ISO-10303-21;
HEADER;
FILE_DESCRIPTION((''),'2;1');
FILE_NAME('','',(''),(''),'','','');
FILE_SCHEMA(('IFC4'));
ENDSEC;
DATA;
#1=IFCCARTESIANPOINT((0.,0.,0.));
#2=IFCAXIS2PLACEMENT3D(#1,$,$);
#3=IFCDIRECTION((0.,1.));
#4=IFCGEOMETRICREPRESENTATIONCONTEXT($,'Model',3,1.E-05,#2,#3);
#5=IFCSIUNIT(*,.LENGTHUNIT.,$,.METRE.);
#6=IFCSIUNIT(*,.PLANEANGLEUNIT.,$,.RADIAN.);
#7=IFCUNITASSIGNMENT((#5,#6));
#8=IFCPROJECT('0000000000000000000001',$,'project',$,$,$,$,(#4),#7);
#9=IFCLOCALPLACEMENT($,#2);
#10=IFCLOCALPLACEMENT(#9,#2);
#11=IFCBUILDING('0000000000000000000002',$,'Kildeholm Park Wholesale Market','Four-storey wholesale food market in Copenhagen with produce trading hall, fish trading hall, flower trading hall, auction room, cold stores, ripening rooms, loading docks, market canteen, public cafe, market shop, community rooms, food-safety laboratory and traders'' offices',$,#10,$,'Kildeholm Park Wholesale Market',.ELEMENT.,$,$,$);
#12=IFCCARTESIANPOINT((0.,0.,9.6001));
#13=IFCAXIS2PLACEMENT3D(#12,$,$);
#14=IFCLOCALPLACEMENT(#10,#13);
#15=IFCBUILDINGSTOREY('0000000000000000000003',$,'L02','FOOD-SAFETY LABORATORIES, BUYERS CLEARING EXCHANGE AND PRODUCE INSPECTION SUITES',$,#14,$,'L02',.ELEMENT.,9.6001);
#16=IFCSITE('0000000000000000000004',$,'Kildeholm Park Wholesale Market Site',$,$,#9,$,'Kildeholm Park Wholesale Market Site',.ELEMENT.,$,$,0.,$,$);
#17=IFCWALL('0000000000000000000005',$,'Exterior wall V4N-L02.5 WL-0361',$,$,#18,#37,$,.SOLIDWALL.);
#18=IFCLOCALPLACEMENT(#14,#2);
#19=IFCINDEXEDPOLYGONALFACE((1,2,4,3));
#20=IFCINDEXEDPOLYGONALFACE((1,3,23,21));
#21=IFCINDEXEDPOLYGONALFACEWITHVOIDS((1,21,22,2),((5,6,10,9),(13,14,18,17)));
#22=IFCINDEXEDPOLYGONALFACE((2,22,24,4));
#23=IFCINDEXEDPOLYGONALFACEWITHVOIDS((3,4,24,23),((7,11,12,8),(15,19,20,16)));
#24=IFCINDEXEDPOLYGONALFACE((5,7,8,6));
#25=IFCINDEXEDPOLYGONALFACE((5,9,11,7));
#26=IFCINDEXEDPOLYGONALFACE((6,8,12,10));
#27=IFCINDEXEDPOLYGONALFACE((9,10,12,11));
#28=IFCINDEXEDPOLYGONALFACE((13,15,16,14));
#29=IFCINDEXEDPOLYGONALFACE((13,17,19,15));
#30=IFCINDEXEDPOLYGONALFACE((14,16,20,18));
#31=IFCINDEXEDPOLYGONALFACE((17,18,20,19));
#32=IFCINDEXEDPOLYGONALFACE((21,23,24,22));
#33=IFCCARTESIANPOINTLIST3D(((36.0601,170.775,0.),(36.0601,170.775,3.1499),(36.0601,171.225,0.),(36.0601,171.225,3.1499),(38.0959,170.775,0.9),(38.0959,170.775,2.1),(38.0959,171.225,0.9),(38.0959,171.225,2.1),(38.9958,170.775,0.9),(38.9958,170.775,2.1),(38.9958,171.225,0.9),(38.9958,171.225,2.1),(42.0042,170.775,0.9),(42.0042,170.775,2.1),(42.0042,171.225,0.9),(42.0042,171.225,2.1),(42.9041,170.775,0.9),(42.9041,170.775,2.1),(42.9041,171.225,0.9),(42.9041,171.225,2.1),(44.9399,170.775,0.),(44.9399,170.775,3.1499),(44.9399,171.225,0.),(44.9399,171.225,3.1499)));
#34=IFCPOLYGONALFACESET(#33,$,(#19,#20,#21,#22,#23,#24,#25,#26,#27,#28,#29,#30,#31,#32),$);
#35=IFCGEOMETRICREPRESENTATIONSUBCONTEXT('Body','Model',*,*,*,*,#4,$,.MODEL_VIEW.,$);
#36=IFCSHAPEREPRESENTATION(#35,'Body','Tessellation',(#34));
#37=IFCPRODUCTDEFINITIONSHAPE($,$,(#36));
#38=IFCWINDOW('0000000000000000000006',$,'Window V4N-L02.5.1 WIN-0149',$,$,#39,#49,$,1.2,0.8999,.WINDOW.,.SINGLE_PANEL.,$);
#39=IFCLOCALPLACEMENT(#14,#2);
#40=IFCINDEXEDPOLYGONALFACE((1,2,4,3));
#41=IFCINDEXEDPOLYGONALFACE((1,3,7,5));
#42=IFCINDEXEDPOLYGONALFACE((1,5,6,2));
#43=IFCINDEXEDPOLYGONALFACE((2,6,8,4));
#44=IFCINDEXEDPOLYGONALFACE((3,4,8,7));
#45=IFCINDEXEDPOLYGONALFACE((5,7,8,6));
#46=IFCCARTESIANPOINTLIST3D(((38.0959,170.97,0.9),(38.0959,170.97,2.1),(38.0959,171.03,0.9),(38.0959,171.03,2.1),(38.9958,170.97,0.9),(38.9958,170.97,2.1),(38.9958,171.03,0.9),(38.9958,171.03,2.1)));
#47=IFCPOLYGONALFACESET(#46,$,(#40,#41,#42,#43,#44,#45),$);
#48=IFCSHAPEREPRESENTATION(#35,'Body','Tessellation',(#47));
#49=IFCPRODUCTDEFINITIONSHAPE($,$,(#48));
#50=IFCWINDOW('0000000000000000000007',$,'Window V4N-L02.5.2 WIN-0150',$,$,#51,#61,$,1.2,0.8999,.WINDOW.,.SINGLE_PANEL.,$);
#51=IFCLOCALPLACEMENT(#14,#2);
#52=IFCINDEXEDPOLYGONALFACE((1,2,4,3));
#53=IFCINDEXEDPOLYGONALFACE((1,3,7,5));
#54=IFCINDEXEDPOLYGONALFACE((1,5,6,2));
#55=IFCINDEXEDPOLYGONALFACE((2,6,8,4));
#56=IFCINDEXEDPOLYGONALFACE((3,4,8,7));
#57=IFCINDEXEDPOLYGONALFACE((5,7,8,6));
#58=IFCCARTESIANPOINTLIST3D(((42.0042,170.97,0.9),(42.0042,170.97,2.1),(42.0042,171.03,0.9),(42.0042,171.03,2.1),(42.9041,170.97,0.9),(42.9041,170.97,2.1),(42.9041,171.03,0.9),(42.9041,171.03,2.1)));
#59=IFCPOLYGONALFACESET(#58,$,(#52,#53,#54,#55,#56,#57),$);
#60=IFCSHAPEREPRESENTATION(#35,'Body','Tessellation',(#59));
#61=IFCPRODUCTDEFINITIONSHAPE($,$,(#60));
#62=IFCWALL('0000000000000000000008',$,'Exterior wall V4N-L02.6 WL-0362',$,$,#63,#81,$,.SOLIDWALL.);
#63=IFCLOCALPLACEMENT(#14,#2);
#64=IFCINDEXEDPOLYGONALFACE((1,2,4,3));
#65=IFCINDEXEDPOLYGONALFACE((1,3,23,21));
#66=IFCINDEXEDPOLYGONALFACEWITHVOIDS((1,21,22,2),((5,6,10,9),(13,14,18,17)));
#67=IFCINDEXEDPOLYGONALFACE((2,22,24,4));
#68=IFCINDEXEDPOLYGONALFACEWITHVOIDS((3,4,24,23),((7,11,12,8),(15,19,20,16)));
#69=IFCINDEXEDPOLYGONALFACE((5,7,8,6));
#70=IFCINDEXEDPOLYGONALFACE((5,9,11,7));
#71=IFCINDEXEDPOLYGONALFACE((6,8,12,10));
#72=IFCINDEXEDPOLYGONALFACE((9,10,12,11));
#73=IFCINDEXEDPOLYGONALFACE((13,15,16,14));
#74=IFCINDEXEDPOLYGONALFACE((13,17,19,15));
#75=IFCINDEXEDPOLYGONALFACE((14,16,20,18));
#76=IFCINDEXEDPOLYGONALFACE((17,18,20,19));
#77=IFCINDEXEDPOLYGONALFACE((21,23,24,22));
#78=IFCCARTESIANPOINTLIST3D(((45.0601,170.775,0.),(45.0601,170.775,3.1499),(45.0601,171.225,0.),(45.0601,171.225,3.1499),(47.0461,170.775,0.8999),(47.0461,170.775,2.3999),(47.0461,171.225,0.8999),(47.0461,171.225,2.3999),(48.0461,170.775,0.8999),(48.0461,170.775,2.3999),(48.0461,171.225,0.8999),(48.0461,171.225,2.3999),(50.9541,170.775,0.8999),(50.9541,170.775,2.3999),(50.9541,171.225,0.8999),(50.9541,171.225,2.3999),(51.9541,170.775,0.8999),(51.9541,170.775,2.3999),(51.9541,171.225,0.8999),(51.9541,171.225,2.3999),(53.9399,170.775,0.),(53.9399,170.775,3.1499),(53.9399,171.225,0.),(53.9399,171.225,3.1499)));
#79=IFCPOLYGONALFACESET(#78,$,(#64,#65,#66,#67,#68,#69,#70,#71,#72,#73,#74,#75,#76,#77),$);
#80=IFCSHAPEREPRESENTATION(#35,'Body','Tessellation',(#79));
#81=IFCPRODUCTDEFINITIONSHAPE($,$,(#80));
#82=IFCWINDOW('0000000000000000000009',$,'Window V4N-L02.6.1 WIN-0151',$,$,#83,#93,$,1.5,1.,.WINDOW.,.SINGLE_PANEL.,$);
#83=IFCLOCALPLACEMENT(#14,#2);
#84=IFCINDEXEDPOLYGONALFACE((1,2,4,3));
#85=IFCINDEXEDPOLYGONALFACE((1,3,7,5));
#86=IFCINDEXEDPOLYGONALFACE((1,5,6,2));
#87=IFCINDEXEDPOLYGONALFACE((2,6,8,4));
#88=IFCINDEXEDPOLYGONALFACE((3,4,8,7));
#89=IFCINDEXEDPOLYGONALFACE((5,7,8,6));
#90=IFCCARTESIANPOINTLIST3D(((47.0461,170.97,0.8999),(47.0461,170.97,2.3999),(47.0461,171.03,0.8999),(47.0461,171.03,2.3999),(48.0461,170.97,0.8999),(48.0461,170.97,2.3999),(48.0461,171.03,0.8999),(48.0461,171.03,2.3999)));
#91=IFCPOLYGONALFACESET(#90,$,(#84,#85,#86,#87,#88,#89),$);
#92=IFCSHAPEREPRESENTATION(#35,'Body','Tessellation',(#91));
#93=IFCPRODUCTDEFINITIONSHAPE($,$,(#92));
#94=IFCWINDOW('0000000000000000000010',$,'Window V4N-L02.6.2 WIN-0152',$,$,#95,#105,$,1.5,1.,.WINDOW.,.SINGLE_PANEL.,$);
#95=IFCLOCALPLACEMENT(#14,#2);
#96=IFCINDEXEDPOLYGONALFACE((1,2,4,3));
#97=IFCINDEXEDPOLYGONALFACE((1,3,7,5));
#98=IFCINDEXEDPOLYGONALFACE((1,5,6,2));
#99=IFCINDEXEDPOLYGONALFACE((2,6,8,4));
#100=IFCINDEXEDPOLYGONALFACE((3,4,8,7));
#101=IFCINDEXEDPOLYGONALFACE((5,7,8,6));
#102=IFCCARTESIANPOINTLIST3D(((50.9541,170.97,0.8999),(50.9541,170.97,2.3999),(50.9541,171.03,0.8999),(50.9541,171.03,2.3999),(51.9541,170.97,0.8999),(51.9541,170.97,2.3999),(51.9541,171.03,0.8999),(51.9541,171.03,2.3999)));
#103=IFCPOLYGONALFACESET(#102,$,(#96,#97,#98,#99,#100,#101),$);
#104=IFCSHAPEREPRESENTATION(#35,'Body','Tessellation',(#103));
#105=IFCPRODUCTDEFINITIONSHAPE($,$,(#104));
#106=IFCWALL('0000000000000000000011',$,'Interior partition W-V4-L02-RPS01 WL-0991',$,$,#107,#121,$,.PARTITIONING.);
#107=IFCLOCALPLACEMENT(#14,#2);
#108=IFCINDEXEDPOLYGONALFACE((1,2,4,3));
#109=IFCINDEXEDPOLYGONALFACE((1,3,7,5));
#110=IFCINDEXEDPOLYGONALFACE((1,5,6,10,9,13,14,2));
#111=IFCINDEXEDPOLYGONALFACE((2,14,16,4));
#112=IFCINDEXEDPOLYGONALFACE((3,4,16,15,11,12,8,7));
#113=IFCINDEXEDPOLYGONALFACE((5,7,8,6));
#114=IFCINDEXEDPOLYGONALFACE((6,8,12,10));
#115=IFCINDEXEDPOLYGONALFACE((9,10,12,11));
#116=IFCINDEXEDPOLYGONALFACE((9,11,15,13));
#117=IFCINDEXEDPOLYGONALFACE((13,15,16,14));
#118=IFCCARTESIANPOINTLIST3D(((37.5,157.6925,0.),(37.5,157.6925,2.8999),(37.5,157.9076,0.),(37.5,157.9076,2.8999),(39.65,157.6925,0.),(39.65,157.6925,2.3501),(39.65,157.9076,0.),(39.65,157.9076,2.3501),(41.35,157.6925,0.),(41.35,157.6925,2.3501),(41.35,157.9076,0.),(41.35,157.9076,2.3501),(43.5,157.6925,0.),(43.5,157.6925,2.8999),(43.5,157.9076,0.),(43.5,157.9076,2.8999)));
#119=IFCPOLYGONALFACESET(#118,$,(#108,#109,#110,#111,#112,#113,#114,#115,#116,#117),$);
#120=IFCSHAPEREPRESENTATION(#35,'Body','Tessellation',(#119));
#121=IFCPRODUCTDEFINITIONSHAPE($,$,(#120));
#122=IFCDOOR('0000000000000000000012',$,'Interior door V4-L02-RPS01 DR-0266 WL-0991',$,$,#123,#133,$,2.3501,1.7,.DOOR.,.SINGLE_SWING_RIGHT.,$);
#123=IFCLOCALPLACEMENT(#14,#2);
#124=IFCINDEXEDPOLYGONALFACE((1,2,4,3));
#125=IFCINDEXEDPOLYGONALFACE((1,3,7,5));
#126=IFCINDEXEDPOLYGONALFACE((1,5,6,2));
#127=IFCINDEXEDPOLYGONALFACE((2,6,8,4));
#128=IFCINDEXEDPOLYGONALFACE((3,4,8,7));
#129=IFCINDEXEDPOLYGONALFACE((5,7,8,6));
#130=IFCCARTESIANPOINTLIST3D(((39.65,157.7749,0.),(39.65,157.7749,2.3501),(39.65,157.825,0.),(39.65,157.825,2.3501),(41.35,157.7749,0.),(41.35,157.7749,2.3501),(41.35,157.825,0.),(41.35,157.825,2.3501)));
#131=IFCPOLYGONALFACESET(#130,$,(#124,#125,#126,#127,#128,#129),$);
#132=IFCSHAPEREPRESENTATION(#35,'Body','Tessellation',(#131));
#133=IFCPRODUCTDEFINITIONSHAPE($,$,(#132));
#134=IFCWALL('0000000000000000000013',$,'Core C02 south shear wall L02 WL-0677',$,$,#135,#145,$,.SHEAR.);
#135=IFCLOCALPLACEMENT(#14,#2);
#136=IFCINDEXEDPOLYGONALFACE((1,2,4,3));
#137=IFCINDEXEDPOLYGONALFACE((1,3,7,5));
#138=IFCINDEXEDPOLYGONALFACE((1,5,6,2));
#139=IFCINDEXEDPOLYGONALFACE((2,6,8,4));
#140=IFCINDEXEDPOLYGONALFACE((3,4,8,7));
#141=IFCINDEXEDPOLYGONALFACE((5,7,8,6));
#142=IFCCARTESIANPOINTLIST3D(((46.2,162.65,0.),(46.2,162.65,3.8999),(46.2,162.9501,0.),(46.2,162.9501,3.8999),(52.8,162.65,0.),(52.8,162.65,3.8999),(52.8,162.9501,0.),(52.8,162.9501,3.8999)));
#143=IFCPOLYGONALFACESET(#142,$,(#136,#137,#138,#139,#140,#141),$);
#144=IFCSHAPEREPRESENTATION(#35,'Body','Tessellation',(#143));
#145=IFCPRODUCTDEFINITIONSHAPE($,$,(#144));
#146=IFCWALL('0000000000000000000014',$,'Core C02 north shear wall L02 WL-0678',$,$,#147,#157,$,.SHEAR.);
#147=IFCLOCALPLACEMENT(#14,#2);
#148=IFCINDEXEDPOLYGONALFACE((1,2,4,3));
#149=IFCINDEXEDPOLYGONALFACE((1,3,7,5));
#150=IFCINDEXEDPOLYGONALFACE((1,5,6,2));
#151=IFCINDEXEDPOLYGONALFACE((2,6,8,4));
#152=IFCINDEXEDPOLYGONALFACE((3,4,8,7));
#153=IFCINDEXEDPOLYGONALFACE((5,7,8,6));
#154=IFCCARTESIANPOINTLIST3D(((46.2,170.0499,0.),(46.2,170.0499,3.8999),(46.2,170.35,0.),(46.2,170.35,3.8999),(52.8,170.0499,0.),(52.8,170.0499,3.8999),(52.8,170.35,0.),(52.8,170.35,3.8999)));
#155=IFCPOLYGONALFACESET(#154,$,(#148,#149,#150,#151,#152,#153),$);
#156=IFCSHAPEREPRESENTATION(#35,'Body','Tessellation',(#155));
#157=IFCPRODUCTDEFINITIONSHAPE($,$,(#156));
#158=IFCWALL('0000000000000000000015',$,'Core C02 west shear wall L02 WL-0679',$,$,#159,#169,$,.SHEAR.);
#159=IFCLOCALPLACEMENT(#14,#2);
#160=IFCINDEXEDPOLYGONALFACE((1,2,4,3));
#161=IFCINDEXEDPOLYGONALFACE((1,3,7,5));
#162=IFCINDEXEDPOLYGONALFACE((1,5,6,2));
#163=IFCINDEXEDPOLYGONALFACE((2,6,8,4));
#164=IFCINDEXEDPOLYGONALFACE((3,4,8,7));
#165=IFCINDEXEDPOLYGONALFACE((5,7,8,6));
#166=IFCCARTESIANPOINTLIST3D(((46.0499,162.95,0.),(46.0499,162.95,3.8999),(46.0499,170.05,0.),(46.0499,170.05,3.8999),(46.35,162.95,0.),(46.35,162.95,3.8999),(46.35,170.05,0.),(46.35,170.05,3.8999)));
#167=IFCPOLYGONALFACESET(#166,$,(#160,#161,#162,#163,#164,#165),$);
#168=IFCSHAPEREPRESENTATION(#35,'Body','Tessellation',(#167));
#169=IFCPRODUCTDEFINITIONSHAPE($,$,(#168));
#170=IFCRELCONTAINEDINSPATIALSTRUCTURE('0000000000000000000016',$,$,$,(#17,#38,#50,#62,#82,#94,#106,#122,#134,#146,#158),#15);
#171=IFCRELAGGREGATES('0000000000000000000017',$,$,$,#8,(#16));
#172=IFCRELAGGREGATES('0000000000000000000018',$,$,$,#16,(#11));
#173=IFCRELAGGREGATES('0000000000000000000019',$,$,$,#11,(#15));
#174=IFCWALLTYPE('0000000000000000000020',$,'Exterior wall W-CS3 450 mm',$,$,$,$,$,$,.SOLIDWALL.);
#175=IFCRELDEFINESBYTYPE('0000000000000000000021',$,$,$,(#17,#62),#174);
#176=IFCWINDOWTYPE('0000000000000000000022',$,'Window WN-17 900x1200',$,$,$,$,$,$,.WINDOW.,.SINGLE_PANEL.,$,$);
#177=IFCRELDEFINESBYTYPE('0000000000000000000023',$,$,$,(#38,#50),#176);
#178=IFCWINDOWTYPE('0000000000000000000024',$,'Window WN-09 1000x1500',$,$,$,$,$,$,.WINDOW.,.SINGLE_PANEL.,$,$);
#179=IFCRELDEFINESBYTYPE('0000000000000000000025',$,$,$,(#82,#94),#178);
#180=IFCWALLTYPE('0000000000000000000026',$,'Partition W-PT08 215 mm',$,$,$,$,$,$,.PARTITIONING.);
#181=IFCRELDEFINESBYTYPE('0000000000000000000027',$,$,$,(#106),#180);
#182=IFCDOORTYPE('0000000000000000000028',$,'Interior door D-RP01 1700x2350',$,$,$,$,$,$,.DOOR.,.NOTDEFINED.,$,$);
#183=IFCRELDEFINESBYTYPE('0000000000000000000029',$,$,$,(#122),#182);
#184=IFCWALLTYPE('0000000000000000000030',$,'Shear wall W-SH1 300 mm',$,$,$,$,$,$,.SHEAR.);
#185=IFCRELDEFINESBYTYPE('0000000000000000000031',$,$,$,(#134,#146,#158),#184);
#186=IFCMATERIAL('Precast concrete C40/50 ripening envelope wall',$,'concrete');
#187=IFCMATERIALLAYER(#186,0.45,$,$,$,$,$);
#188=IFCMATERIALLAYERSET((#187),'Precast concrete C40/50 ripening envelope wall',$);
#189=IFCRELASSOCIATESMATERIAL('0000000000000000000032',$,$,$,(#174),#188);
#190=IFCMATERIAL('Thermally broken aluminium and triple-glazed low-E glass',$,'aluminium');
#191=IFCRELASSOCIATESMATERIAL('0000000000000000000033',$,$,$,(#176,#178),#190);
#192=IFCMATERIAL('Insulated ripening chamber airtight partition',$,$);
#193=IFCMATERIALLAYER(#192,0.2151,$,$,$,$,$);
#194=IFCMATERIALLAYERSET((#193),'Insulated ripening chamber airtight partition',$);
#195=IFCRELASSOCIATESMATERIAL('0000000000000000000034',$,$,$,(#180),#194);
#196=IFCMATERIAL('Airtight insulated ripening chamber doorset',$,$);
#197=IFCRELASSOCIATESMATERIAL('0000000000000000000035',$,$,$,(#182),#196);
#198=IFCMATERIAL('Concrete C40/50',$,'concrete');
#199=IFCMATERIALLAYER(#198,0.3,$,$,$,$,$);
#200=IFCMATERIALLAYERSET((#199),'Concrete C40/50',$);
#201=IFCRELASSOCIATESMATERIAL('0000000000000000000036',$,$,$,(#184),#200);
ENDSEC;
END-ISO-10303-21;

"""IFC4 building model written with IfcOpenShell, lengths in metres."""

from ifc_helpers import new_model, si_unit, direction, frame, frame_2d, origin, place, context, subcontext, project, spatial, rectangle, extrude, material, layer, layer_set, type_object, element, fill, save


model = new_model("IFC4")

# Units and contexts
model_context = context("Model", 3, precision=1e-05, world=origin(), true_north=direction((0.0, 1.0)))
body_context = subcontext(model_context, "Body", "Model", "MODEL_VIEW")
ifc_project = project(units=[si_unit("LENGTHUNIT", "METRE"), si_unit("PLANEANGLEUNIT", "RADIAN")], contexts=[model_context])

# Site, building, storey
site_placement = place(None, origin())
site = spatial("IfcSite", under=ifc_project, at=site_placement, Name="Kildeholm Park Wholesale Market Site", LongName="Kildeholm Park Wholesale Market Site", CompositionType="ELEMENT", RefElevation=0.0)
building_placement = place(site_placement, origin())
building = spatial("IfcBuilding", under=site, at=building_placement, Name="Kildeholm Park Wholesale Market", Description="Four-storey wholesale food market in Copenhagen with produce trading hall, fish trading hall, flower trading hall, auction room, cold stores, ripening rooms, loading docks, market canteen, public cafe, market shop, community rooms, food-safety laboratory and traders' offices", LongName="Kildeholm Park Wholesale Market", CompositionType="ELEMENT")
storey_placement = place(building_placement, frame((0.0, 0.0, 9.6001)))
storey = spatial("IfcBuildingStorey", under=building, at=storey_placement, Name="L02", Description="FOOD-SAFETY LABORATORIES, BUYERS CLEARING EXCHANGE AND PRODUCE INSPECTION SUITES", LongName="L02", CompositionType="ELEMENT", Elevation=9.6001)

# Shared definitions
ifc_material_1 = material(Name="Concrete C40/50", Category="concrete")

# Walls, openings, windows
ifc_material_2 = material(Name="Precast concrete C40/50 ripening envelope wall", Category="concrete")
ifc_layer_1 = layer(ifc_material_2, 0.45)
ifc_layer_set_1 = layer_set([ifc_layer_1], Name="Precast concrete C40/50 ripening envelope wall")
wall_type_1 = type_object("IfcWallType", Name="Exterior wall W-CS3 450 mm", PredefinedType="SOLIDWALL", material=ifc_layer_set_1)
wall_1_placement = place(storey_placement, frame((36.0601, 171.0, 0.0), z_axis=(0.0, 0.0, 1.0), x_axis=(1.0, 0.0, 0.0)))
wall_1 = element("IfcWall", 1, at=wall_1_placement, inside=storey, type_object=wall_type_1, Name="Exterior wall V4N-L02.5 WL-0361", PredefinedType="SOLIDWALL", context=body_context, shape_type="SweptSolid", body=[
    extrude(rectangle(XDim=8.8799, YDim=0.45, at=frame_2d((4.4399, 0.0))), origin(), (0.0, 0.0, 1.0), 3.1499),
])
opening_1_placement = place(wall_1_placement, frame((2.0359, 0.0, 0.8999)))
opening_1 = element("IfcOpeningElement", 2, at=opening_1_placement, cuts=wall_1, PredefinedType="OPENING", context=body_context, shape_type="SweptSolid", body=[
    extrude(rectangle(XDim=0.8999, YDim=1.2, at=frame_2d((0.45, 0.6001))), frame((0.0, 0.2349, 0.0), z_axis=(0.0, -1.0, 0.0), x_axis=(1.0, 0.0, 0.0)), (0.0, 0.0, 1.0), 0.47),
])
opening_2_placement = place(wall_1_placement, frame((5.9441, 0.0, 0.8999)))
opening_2 = element("IfcOpeningElement", 3, at=opening_2_placement, cuts=wall_1, PredefinedType="OPENING", context=body_context, shape_type="SweptSolid", body=[
    extrude(rectangle(XDim=0.8999, YDim=1.2, at=frame_2d((0.45, 0.6001))), frame((0.0, 0.2349, 0.0), z_axis=(0.0, -1.0, 0.0), x_axis=(1.0, 0.0, 0.0)), (0.0, 0.0, 1.0), 0.47),
])
ifc_material_3 = material(Name="Thermally broken aluminium and triple-glazed low-E glass", Category="aluminium")
window_type_1 = type_object("IfcWindowType", Name="Window WN-17 900x1200", PartitioningType="SINGLE_PANEL", PredefinedType="WINDOW", material=ifc_material_3)
window_1_placement = place(opening_1_placement, origin())
window_1 = element("IfcWindow", 4, at=window_1_placement, inside=storey, type_object=window_type_1, Name="Window V4N-L02.5.1 WIN-0149", OverallHeight=1.2, OverallWidth=0.8999, PartitioningType="SINGLE_PANEL", PredefinedType="WINDOW", context=body_context, shape_type="SweptSolid", body=[
    extrude(rectangle(XDim=0.8999, YDim=1.2, at=frame_2d((0.45, 0.6001))), frame((0.0, 0.03, 0.0), z_axis=(0.0, -1.0, 0.0), x_axis=(1.0, 0.0, 0.0)), (0.0, 0.0, 1.0), 0.0601),
])
fill(opening_1, window_1)
window_2_placement = place(opening_2_placement, origin())
window_2 = element("IfcWindow", 5, at=window_2_placement, inside=storey, type_object=window_type_1, Name="Window V4N-L02.5.2 WIN-0150", OverallHeight=1.2, OverallWidth=0.8999, PartitioningType="SINGLE_PANEL", PredefinedType="WINDOW", context=body_context, shape_type="SweptSolid", body=[
    extrude(rectangle(XDim=0.8999, YDim=1.2, at=frame_2d((0.45, 0.6001))), frame((0.0, 0.03, 0.0), z_axis=(0.0, -1.0, 0.0), x_axis=(1.0, 0.0, 0.0)), (0.0, 0.0, 1.0), 0.0601),
])
fill(opening_2, window_2)
wall_2_placement = place(storey_placement, frame((45.0601, 171.0, 0.0), z_axis=(0.0, 0.0, 1.0), x_axis=(1.0, 0.0, 0.0)))
wall_2 = element("IfcWall", 6, at=wall_2_placement, inside=storey, type_object=wall_type_1, Name="Exterior wall V4N-L02.6 WL-0362", PredefinedType="SOLIDWALL", context=body_context, shape_type="SweptSolid", body=[
    extrude(rectangle(XDim=8.8799, YDim=0.45, at=frame_2d((4.4399, 0.0))), origin(), (0.0, 0.0, 1.0), 3.1499),
])
opening_3_placement = place(wall_2_placement, frame((1.9861, 0.0, 0.8999)))
opening_3 = element("IfcOpeningElement", 7, at=opening_3_placement, cuts=wall_2, PredefinedType="OPENING", context=body_context, shape_type="SweptSolid", body=[
    extrude(rectangle(XDim=1.0, YDim=1.5, at=frame_2d((0.5, 0.75))), frame((0.0, 0.2349, 0.0), z_axis=(0.0, -1.0, 0.0), x_axis=(1.0, 0.0, 0.0)), (0.0, 0.0, 1.0), 0.47),
])
opening_4_placement = place(wall_2_placement, frame((5.894, 0.0, 0.8999)))
opening_4 = element("IfcOpeningElement", 8, at=opening_4_placement, cuts=wall_2, PredefinedType="OPENING", context=body_context, shape_type="SweptSolid", body=[
    extrude(rectangle(XDim=1.0, YDim=1.5, at=frame_2d((0.5, 0.75))), frame((0.0, 0.2349, 0.0), z_axis=(0.0, -1.0, 0.0), x_axis=(1.0, 0.0, 0.0)), (0.0, 0.0, 1.0), 0.47),
])
window_type_2 = type_object("IfcWindowType", Name="Window WN-09 1000x1500", PartitioningType="SINGLE_PANEL", PredefinedType="WINDOW", material=ifc_material_3)
window_3_placement = place(opening_3_placement, origin())
window_3 = element("IfcWindow", 9, at=window_3_placement, inside=storey, type_object=window_type_2, Name="Window V4N-L02.6.1 WIN-0151", OverallHeight=1.5, OverallWidth=1.0, PartitioningType="SINGLE_PANEL", PredefinedType="WINDOW", context=body_context, shape_type="SweptSolid", body=[
    extrude(rectangle(XDim=1.0, YDim=1.5, at=frame_2d((0.5, 0.75))), frame((0.0, 0.03, 0.0), z_axis=(0.0, -1.0, 0.0), x_axis=(1.0, 0.0, 0.0)), (0.0, 0.0, 1.0), 0.0601),
])
fill(opening_3, window_3)
window_4_placement = place(opening_4_placement, origin())
window_4 = element("IfcWindow", 10, at=window_4_placement, inside=storey, type_object=window_type_2, Name="Window V4N-L02.6.2 WIN-0152", OverallHeight=1.5, OverallWidth=1.0, PartitioningType="SINGLE_PANEL", PredefinedType="WINDOW", context=body_context, shape_type="SweptSolid", body=[
    extrude(rectangle(XDim=1.0, YDim=1.5, at=frame_2d((0.5, 0.75))), frame((0.0, 0.03, 0.0), z_axis=(0.0, -1.0, 0.0), x_axis=(1.0, 0.0, 0.0)), (0.0, 0.0, 1.0), 0.0601),
])
fill(opening_4, window_4)

# Wall, opening, door
ifc_material_4 = material(Name="Insulated ripening chamber airtight partition")
ifc_layer_2 = layer(ifc_material_4, 0.2151)
ifc_layer_set_2 = layer_set([ifc_layer_2], Name="Insulated ripening chamber airtight partition")
wall_type_2 = type_object("IfcWallType", Name="Partition W-PT08 215 mm", PredefinedType="PARTITIONING", material=ifc_layer_set_2)
wall_3_placement = place(storey_placement, frame((37.5, 157.8, 0.0), z_axis=(0.0, 0.0, 1.0), x_axis=(1.0, 0.0, 0.0)))
wall_3 = element("IfcWall", 11, at=wall_3_placement, inside=storey, type_object=wall_type_2, Name="Interior partition W-V4-L02-RPS01 WL-0991", PredefinedType="PARTITIONING", context=body_context, shape_type="SweptSolid", body=[
    extrude(rectangle(XDim=6.0, YDim=0.2151, at=frame_2d((3.0, 0.0))), origin(), (0.0, 0.0, 1.0), 2.8999),
])
opening_5_placement = place(wall_3_placement, frame((2.1499, 0.0, 0.0)))
opening_5 = element("IfcOpeningElement", 12, at=opening_5_placement, cuts=wall_3, PredefinedType="OPENING", context=body_context, shape_type="SweptSolid", body=[
    extrude(rectangle(XDim=1.7, YDim=2.3501, at=frame_2d((0.8501, 1.175))), frame((0.0, 0.1174, 0.0), z_axis=(0.0, -1.0, 0.0), x_axis=(1.0, 0.0, 0.0)), (0.0, 0.0, 1.0), 0.2351),
])
ifc_material_5 = material(Name="Airtight insulated ripening chamber doorset")
door_type_1 = type_object("IfcDoorType", Name="Interior door D-RP01 1700x2350", OperationType="NOTDEFINED", PredefinedType="DOOR", material=ifc_material_5)
door_1_placement = place(opening_5_placement, origin())
door_1 = element("IfcDoor", 13, at=door_1_placement, inside=storey, type_object=door_type_1, Name="Interior door V4-L02-RPS01 DR-0266 WL-0991", OperationType="SINGLE_SWING_RIGHT", OverallHeight=2.3501, OverallWidth=1.7, PredefinedType="DOOR", context=body_context, shape_type="SweptSolid", body=[
    extrude(rectangle(XDim=1.7, YDim=2.3501, at=frame_2d((0.8501, 1.175))), frame((0.0, 0.0249, 0.0), z_axis=(0.0, -1.0, 0.0), x_axis=(1.0, 0.0, 0.0)), (0.0, 0.0, 1.0), 0.05),
])
fill(opening_5, door_1)

# Walls
ifc_layer_3 = layer(ifc_material_1, 0.3)
ifc_layer_set_3 = layer_set([ifc_layer_3], Name="Concrete C40/50")
wall_type_3 = type_object("IfcWallType", Name="Shear wall W-SH1 300 mm", PredefinedType="SHEAR", material=ifc_layer_set_3)
for number, where, z_axis, x_axis, name in (
    (14, (46.2, 162.8, 0.0), (0.0, 0.0, 1.0), (1.0, 0.0, 0.0), "Core C02 south shear wall L02 WL-0677"),
    (15, (46.2, 170.2, 0.0), (0.0, 0.0, 1.0), (1.0, 0.0, 0.0), "Core C02 north shear wall L02 WL-0678"),
):
    element("IfcWall", number, at=place(storey_placement, frame(where, z_axis=z_axis, x_axis=x_axis)), inside=storey, type_object=wall_type_3, Name=name, PredefinedType="SHEAR", context=body_context, shape_type="SweptSolid", body=[
        extrude(rectangle(XDim=6.6001, YDim=0.3, at=frame_2d((3.3, 0.0))), origin(), (0.0, 0.0, 1.0), 3.8999),
    ])
wall_4_placement = place(storey_placement, frame((46.2, 162.95, 0.0), z_axis=(0.0, 0.0, 1.0), x_axis=(0.0, 1.0, 0.0)))
element("IfcWall", 16, at=wall_4_placement, inside=storey, type_object=wall_type_3, Name="Core C02 west shear wall L02 WL-0679", PredefinedType="SHEAR", context=body_context, shape_type="SweptSolid", body=[
    extrude(rectangle(XDim=7.1001, YDim=0.3, at=frame_2d((3.55, 0.0))), origin(), (0.0, 0.0, 1.0), 3.8999),
])

save(model, "model.ifc")
